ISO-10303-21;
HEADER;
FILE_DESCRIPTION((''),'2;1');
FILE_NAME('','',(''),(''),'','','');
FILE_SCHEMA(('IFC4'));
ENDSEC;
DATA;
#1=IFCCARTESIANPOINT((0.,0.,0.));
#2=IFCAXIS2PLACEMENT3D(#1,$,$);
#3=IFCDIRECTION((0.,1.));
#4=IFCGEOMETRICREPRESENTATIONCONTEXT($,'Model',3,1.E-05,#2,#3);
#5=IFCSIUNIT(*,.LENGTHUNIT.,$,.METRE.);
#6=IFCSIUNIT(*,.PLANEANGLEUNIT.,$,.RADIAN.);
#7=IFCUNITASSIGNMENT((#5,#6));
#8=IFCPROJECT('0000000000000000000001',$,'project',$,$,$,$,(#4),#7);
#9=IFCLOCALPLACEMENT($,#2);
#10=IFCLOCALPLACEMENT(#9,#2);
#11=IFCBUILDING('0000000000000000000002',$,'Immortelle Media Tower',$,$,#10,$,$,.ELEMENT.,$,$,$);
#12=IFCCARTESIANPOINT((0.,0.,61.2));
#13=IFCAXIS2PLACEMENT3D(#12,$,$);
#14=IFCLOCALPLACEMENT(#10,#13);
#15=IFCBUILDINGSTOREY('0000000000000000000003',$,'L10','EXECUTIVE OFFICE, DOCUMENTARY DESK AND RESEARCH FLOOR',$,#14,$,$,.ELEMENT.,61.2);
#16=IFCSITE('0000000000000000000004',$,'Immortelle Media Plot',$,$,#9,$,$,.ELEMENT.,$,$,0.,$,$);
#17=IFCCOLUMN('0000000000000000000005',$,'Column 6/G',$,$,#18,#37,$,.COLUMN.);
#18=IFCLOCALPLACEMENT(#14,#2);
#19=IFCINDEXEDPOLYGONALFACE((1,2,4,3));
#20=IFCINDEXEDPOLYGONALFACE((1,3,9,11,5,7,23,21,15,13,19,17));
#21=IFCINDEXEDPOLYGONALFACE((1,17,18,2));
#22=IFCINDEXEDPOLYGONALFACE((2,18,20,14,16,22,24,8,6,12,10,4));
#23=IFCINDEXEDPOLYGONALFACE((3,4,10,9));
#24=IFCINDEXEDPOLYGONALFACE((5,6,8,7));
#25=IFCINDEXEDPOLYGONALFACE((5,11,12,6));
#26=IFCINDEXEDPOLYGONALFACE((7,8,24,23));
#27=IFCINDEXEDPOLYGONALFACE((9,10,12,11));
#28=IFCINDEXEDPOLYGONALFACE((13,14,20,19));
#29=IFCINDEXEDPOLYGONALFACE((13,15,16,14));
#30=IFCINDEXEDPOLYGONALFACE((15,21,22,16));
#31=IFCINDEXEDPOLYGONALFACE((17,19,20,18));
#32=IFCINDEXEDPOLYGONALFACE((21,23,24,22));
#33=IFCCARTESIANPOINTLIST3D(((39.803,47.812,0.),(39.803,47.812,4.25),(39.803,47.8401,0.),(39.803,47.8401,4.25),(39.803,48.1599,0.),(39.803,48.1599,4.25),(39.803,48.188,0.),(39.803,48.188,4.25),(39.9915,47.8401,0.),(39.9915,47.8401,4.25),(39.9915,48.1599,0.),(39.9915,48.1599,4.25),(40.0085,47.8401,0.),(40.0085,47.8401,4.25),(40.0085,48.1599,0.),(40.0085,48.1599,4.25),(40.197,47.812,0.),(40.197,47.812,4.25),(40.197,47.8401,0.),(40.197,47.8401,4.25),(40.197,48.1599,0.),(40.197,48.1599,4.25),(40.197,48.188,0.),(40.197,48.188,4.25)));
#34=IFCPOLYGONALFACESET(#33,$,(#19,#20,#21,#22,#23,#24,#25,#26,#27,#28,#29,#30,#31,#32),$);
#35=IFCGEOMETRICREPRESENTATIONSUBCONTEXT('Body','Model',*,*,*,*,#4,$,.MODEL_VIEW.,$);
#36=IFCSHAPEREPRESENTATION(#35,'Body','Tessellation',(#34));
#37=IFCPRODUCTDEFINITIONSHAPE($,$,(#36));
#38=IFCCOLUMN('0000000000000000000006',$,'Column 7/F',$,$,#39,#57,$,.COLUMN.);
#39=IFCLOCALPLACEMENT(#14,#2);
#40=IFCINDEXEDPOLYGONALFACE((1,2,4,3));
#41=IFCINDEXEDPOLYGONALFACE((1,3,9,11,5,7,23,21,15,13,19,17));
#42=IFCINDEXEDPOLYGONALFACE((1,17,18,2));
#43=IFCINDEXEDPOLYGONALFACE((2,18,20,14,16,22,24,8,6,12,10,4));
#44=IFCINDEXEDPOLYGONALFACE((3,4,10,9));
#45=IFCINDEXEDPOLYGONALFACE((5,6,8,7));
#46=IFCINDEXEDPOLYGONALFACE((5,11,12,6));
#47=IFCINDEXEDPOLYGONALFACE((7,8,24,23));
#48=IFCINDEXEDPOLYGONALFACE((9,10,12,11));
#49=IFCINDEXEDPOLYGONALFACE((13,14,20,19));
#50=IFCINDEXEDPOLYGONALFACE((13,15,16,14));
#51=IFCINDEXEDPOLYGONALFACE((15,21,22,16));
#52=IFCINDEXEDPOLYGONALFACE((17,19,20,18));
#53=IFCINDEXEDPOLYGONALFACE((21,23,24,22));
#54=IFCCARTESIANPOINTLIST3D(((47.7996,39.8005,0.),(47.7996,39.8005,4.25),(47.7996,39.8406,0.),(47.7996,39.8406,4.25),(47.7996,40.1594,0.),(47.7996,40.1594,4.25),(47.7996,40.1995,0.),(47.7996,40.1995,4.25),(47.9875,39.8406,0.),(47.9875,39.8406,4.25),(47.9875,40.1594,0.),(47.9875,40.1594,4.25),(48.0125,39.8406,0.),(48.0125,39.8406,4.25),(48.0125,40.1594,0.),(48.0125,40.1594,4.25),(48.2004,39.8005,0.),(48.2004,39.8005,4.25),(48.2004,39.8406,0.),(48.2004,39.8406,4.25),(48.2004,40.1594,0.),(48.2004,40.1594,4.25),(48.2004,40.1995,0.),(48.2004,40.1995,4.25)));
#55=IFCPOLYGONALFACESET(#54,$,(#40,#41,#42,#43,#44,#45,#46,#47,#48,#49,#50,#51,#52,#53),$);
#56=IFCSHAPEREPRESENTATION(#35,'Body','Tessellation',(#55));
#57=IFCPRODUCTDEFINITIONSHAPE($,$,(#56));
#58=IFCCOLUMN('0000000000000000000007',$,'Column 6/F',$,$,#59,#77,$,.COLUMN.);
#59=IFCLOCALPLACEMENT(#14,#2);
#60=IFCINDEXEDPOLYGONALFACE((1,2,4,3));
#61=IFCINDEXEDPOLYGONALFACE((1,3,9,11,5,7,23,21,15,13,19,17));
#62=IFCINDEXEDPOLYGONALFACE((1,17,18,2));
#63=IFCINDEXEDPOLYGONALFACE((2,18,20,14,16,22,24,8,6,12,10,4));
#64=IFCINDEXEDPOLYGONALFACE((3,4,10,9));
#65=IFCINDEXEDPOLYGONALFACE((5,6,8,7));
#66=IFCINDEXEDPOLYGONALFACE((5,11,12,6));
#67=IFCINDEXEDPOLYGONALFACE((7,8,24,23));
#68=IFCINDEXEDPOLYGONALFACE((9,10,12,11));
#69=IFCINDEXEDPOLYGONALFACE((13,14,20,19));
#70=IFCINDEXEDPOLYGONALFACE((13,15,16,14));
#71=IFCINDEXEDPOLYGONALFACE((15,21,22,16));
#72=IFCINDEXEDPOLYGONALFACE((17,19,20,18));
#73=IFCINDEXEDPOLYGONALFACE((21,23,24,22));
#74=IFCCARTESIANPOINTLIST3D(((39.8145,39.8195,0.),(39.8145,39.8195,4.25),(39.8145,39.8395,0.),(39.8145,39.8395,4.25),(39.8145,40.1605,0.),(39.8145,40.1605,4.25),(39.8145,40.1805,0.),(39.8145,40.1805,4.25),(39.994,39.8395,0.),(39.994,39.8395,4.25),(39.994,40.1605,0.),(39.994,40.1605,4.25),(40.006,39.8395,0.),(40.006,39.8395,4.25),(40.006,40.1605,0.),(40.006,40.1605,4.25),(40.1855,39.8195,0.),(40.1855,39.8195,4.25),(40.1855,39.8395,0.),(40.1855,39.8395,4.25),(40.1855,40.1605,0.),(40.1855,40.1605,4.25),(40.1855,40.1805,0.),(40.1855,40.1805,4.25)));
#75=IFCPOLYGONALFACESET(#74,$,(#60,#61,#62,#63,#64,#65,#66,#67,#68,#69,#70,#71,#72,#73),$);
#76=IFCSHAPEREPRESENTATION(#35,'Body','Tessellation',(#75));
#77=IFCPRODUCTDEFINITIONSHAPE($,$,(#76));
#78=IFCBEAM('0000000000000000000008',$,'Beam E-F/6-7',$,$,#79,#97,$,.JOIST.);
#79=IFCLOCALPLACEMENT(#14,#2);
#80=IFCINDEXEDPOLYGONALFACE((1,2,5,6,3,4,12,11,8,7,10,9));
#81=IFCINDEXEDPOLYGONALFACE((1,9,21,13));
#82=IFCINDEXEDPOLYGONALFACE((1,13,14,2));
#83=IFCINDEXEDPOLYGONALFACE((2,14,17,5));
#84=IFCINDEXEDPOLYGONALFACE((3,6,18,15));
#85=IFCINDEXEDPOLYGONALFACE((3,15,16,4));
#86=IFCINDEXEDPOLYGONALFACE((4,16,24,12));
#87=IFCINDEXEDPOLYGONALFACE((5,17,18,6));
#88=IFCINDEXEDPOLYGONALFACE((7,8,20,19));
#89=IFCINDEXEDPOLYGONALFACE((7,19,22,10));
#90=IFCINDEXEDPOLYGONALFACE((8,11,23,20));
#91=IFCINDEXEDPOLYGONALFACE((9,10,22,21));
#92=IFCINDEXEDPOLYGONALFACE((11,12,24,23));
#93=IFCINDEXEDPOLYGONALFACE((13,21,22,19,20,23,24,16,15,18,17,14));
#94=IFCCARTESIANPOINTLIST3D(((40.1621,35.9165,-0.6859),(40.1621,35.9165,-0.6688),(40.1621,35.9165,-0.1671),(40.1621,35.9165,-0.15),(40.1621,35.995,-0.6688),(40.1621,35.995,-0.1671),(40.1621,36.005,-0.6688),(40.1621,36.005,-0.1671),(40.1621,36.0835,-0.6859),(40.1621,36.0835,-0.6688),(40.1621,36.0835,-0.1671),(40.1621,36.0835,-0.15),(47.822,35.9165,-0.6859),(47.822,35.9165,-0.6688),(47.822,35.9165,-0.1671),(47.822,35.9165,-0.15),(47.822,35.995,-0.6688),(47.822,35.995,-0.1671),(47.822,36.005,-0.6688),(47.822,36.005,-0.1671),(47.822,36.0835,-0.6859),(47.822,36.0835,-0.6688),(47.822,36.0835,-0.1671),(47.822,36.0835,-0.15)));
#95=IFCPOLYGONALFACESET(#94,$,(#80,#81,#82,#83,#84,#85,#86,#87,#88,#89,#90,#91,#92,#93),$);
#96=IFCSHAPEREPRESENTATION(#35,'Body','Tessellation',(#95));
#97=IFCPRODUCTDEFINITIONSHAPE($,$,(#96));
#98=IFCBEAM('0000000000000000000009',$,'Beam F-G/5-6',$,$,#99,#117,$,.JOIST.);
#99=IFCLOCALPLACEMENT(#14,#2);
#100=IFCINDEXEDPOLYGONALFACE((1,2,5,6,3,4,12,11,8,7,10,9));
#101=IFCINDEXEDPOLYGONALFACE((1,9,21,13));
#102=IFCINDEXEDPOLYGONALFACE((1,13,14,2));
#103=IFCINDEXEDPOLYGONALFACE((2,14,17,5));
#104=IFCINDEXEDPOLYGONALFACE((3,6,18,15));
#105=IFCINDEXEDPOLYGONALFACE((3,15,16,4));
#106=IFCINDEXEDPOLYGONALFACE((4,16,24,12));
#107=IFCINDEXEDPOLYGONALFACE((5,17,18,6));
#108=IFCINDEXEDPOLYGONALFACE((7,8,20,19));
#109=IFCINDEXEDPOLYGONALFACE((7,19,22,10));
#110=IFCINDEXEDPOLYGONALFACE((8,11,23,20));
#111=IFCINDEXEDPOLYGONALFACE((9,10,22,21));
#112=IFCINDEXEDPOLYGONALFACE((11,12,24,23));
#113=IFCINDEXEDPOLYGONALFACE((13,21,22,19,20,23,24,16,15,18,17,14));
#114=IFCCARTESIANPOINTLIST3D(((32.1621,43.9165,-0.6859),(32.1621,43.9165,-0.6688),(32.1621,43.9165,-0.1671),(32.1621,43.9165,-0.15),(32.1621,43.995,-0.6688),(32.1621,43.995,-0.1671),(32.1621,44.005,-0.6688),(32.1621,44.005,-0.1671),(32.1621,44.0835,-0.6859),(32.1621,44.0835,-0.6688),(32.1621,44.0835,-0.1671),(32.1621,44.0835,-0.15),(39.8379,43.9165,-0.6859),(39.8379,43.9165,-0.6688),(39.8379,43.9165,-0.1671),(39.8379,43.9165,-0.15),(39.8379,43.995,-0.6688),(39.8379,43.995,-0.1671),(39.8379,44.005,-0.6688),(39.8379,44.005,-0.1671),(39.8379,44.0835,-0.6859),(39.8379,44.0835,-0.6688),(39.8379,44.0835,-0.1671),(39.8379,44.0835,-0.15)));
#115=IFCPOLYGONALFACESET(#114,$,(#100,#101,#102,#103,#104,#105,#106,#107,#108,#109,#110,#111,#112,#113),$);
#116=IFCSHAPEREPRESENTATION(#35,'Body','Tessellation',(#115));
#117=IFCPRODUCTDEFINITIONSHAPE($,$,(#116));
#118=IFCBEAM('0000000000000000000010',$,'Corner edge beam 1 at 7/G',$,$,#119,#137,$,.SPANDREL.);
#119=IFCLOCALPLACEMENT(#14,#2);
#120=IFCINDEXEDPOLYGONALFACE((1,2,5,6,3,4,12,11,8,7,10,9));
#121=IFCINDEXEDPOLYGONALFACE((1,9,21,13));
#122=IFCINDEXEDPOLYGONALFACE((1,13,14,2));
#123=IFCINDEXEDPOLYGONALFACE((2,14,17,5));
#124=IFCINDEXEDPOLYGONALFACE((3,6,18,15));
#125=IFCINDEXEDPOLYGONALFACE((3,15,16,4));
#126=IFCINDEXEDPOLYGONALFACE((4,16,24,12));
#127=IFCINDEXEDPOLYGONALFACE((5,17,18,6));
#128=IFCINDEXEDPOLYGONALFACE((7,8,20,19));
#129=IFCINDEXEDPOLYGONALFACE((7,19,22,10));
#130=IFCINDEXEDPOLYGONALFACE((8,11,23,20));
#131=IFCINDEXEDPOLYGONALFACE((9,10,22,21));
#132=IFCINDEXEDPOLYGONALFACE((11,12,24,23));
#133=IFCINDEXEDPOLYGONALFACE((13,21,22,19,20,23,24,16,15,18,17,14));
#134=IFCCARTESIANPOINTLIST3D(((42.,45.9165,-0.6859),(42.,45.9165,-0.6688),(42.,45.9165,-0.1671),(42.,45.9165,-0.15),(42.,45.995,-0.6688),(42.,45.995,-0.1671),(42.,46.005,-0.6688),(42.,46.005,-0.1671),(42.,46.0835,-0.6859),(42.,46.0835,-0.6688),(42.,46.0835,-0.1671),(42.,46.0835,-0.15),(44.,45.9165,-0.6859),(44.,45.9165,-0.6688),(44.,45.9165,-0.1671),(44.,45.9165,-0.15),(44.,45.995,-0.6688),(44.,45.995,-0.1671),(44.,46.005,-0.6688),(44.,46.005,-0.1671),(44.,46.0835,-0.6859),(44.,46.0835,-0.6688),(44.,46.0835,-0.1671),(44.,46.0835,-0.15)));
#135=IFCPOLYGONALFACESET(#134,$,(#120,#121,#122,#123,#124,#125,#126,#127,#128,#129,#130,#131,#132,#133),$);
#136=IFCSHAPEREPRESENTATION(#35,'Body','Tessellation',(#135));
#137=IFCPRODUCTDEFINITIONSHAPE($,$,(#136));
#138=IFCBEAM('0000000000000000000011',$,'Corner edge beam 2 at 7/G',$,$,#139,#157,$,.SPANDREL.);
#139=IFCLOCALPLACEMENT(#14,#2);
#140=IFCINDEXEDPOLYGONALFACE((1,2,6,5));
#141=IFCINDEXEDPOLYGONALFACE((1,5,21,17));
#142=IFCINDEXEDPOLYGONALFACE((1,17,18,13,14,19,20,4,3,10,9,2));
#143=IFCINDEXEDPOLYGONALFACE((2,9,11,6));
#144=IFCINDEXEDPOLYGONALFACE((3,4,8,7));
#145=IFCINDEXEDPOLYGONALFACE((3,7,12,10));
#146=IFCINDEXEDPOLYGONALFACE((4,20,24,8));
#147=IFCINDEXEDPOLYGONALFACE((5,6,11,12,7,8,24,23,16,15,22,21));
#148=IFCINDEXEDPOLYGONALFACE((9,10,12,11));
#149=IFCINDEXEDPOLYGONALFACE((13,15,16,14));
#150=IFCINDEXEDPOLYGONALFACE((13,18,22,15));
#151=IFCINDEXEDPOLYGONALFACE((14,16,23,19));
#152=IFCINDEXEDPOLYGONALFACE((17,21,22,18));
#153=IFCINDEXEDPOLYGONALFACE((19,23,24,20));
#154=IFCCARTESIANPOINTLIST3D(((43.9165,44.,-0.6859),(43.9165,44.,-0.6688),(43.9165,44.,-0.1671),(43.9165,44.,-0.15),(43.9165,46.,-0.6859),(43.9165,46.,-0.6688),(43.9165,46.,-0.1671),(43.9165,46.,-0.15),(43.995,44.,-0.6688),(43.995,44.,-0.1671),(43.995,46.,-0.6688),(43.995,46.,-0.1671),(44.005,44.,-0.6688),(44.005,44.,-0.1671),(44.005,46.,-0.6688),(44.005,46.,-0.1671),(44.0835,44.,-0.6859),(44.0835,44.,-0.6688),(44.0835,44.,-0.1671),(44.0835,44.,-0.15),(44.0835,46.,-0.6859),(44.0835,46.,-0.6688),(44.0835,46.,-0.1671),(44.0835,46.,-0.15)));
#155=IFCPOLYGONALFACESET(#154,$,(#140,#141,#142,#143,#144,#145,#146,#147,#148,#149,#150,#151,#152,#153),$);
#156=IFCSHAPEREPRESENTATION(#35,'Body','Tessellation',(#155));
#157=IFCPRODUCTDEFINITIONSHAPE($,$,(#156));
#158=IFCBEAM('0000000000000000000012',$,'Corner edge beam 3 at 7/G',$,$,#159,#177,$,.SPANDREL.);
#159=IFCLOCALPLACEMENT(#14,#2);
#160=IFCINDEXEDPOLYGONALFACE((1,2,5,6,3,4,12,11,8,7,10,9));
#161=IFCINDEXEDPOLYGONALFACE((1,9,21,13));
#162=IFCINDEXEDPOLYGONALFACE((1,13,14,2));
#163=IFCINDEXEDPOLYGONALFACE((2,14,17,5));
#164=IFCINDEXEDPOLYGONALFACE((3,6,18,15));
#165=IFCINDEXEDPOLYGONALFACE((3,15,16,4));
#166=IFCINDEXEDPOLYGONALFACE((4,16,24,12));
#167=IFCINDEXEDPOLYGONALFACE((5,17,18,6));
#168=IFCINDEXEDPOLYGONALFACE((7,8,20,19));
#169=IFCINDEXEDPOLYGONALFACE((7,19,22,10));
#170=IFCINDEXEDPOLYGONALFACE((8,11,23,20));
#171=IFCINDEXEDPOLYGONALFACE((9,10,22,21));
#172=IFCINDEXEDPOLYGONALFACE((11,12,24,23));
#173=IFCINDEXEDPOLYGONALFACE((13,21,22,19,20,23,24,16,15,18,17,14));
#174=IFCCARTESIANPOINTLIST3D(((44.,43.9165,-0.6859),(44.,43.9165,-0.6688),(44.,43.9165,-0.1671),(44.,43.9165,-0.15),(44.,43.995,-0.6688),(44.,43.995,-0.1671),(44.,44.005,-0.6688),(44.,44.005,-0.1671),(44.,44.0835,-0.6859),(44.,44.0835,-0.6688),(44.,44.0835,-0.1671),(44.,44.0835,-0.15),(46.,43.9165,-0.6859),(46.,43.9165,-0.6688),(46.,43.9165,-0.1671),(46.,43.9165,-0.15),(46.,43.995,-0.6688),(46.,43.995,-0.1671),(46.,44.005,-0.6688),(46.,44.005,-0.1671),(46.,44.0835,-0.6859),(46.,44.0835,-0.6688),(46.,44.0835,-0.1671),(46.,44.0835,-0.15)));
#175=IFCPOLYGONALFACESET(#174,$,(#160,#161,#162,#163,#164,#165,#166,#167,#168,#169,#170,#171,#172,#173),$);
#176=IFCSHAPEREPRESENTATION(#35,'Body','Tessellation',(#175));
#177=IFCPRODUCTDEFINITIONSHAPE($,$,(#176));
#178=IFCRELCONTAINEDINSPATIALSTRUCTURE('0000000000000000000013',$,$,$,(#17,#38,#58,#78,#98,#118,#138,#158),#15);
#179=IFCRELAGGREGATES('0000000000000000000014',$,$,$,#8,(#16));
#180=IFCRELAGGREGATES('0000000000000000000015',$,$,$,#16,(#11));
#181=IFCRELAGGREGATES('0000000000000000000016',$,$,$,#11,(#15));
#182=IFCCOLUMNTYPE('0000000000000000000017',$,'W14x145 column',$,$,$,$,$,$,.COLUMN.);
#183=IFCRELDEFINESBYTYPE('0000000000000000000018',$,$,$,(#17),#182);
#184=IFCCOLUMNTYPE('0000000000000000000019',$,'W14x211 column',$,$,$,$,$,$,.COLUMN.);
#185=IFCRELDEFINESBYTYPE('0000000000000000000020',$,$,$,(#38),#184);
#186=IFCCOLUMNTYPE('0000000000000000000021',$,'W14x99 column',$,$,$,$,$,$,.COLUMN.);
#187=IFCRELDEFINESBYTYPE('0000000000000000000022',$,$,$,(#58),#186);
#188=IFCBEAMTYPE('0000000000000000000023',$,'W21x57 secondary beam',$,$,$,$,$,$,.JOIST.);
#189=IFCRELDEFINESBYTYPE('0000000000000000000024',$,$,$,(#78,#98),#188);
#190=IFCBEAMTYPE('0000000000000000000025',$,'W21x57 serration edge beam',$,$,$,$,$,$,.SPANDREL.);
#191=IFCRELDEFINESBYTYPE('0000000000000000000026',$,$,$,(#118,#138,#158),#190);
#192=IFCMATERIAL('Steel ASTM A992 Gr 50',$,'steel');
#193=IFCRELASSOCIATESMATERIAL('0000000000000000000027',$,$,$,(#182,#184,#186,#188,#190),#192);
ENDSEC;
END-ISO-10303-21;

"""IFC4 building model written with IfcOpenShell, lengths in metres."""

from ifc_helpers import new_model, si_unit, direction, frame, origin, origin_2d, place, context, subcontext, project, spatial, i_section, extrude, material, material_profile, profile_set, type_object, element, save


model = new_model("IFC4")

# Units and contexts
model_context = context("Model", 3, precision=1e-05, world=origin(), true_north=direction((0.0, 1.0)))
body_context = subcontext(model_context, "Body", "Model", "MODEL_VIEW")
ifc_project = project(units=[si_unit("LENGTHUNIT", "METRE"), si_unit("PLANEANGLEUNIT", "RADIAN")], contexts=[model_context])

# Site, building, storey
site_placement = place(None, origin())
site = spatial("IfcSite", under=ifc_project, at=site_placement, Name="Immortelle Media Plot", CompositionType="ELEMENT", RefElevation=0.0)
building_placement = place(site_placement, origin())
building = spatial("IfcBuilding", under=site, at=building_placement, Name="Immortelle Media Tower", CompositionType="ELEMENT")
storey_placement = place(building_placement, frame((0.0, 0.0, 61.2)))
storey = spatial("IfcBuildingStorey", under=building, at=storey_placement, Name="L10", Description="EXECUTIVE OFFICE, DOCUMENTARY DESK AND RESEARCH FLOOR", CompositionType="ELEMENT", Elevation=61.2)

# Columns
ifc_material_1 = material(Name="Steel ASTM A992 Gr 50", Category="steel")
ifc_material_profile_1 = material_profile(ifc_material_1, i_section(OverallWidth=0.394, OverallDepth=0.376, WebThickness=0.0171, FlangeThickness=0.0281, at=origin_2d()), Name="W14x145")
ifc_profile_set_1 = profile_set([ifc_material_profile_1], Name="Steel ASTM A992 Gr 50")
column_type_1 = type_object("IfcColumnType", Name="W14x145 column", PredefinedType="COLUMN", material=ifc_profile_set_1)
column_1_placement = place(storey_placement, frame((40.0, 48.0, 0.0), z_axis=(0.0, 0.0, 1.0), x_axis=(1.0, 0.0, 0.0)))
element("IfcColumn", 1, at=column_1_placement, inside=storey, type_object=column_type_1, Name="Column 6/G", PredefinedType="COLUMN", context=body_context, shape_type="SweptSolid", body=[
    extrude(i_section(OverallWidth=0.394, OverallDepth=0.376, WebThickness=0.0171, FlangeThickness=0.0281, at=origin_2d()), origin(), (0.0, 0.0, 1.0), 4.25),
])
ifc_material_profile_2 = material_profile(ifc_material_1, i_section(OverallWidth=0.4009, OverallDepth=0.3989, WebThickness=0.0249, FlangeThickness=0.04, at=origin_2d()), Name="W14x211")
ifc_profile_set_2 = profile_set([ifc_material_profile_2], Name="Steel ASTM A992 Gr 50")
column_type_2 = type_object("IfcColumnType", Name="W14x211 column", PredefinedType="COLUMN", material=ifc_profile_set_2)
column_2_placement = place(storey_placement, frame((48.0, 40.0, 0.0), z_axis=(0.0, 0.0, 1.0), x_axis=(1.0, 0.0, 0.0)))
element("IfcColumn", 2, at=column_2_placement, inside=storey, type_object=column_type_2, Name="Column 7/F", PredefinedType="COLUMN", context=body_context, shape_type="SweptSolid", body=[
    extrude(i_section(OverallWidth=0.4009, OverallDepth=0.3989, WebThickness=0.0249, FlangeThickness=0.04, at=origin_2d()), origin(), (0.0, 0.0, 1.0), 4.25),
])
ifc_material_profile_3 = material_profile(ifc_material_1, i_section(OverallWidth=0.3711, OverallDepth=0.3611, WebThickness=0.012, FlangeThickness=0.02, at=origin_2d()), Name="W14x99")
ifc_profile_set_3 = profile_set([ifc_material_profile_3], Name="Steel ASTM A992 Gr 50")
column_type_3 = type_object("IfcColumnType", Name="W14x99 column", PredefinedType="COLUMN", material=ifc_profile_set_3)
column_3_placement = place(storey_placement, frame((40.0, 40.0, 0.0), z_axis=(0.0, 0.0, 1.0), x_axis=(1.0, 0.0, 0.0)))
element("IfcColumn", 3, at=column_3_placement, inside=storey, type_object=column_type_3, Name="Column 6/F", PredefinedType="COLUMN", context=body_context, shape_type="SweptSolid", body=[
    extrude(i_section(OverallWidth=0.3711, OverallDepth=0.3611, WebThickness=0.012, FlangeThickness=0.02, at=origin_2d()), origin(), (0.0, 0.0, 1.0), 4.25),
])

# Beams
ifc_material_profile_4 = material_profile(ifc_material_1, i_section(OverallWidth=0.167, OverallDepth=0.5359, WebThickness=0.01, FlangeThickness=0.0171, at=origin_2d()), Name="W21x57")
ifc_profile_set_4 = profile_set([ifc_material_profile_4], Name="Steel ASTM A992 Gr 50")
beam_type_1 = type_object("IfcBeamType", Name="W21x57 secondary beam", PredefinedType="JOIST", material=ifc_profile_set_4)
beam_1_placement = place(storey_placement, frame((40.1621, 36.0, -0.418), z_axis=(1.0, 0.0, 0.0), x_axis=(0.0, 1.0, 0.0)))
element("IfcBeam", 4, at=beam_1_placement, inside=storey, type_object=beam_type_1, Name="Beam E-F/6-7", PredefinedType="JOIST", context=body_context, shape_type="SweptSolid", body=[
    extrude(i_section(OverallWidth=0.167, OverallDepth=0.5359, WebThickness=0.01, FlangeThickness=0.0171, at=origin_2d()), origin(), (0.0, 0.0, 1.0), 7.6599),
])
beam_2_placement = place(storey_placement, frame((32.1621, 44.0, -0.418), z_axis=(1.0, 0.0, 0.0), x_axis=(0.0, 1.0, 0.0)))
element("IfcBeam", 5, at=beam_2_placement, inside=storey, type_object=beam_type_1, Name="Beam F-G/5-6", PredefinedType="JOIST", context=body_context, shape_type="SweptSolid", body=[
    extrude(i_section(OverallWidth=0.167, OverallDepth=0.5359, WebThickness=0.01, FlangeThickness=0.0171, at=origin_2d()), origin(), (0.0, 0.0, 1.0), 7.6758),
])
ifc_material_profile_5 = material_profile(ifc_material_1, i_section(OverallWidth=0.167, OverallDepth=0.5359, WebThickness=0.01, FlangeThickness=0.0171, at=origin_2d()), Name="W21x57")
ifc_profile_set_5 = profile_set([ifc_material_profile_5], Name="Steel ASTM A992 Gr 50")
beam_type_2 = type_object("IfcBeamType", Name="W21x57 serration edge beam", PredefinedType="SPANDREL", material=ifc_profile_set_5)
for number, where, z_axis, x_axis, name in (
    (6, (42.0, 46.0, -0.418), (1.0, 0.0, 0.0), (0.0, 1.0, 0.0), "Corner edge beam 1 at 7/G"),
    (7, (44.0, 46.0, -0.418), (0.0, -1.0, 0.0), (1.0, 0.0, 0.0), "Corner edge beam 2 at 7/G"),
    (8, (44.0, 44.0, -0.418), (1.0, 0.0, 0.0), (0.0, 1.0, 0.0), "Corner edge beam 3 at 7/G"),
):
    element("IfcBeam", number, at=place(storey_placement, frame(where, z_axis=z_axis, x_axis=x_axis)), inside=storey, type_object=beam_type_2, Name=name, PredefinedType="SPANDREL", context=body_context, shape_type="SweptSolid", body=[
        extrude(i_section(OverallWidth=0.167, OverallDepth=0.5359, WebThickness=0.01, FlangeThickness=0.0171, at=origin_2d()), origin(), (0.0, 0.0, 1.0), 2.0),
    ])

save(model, "model.ifc")
